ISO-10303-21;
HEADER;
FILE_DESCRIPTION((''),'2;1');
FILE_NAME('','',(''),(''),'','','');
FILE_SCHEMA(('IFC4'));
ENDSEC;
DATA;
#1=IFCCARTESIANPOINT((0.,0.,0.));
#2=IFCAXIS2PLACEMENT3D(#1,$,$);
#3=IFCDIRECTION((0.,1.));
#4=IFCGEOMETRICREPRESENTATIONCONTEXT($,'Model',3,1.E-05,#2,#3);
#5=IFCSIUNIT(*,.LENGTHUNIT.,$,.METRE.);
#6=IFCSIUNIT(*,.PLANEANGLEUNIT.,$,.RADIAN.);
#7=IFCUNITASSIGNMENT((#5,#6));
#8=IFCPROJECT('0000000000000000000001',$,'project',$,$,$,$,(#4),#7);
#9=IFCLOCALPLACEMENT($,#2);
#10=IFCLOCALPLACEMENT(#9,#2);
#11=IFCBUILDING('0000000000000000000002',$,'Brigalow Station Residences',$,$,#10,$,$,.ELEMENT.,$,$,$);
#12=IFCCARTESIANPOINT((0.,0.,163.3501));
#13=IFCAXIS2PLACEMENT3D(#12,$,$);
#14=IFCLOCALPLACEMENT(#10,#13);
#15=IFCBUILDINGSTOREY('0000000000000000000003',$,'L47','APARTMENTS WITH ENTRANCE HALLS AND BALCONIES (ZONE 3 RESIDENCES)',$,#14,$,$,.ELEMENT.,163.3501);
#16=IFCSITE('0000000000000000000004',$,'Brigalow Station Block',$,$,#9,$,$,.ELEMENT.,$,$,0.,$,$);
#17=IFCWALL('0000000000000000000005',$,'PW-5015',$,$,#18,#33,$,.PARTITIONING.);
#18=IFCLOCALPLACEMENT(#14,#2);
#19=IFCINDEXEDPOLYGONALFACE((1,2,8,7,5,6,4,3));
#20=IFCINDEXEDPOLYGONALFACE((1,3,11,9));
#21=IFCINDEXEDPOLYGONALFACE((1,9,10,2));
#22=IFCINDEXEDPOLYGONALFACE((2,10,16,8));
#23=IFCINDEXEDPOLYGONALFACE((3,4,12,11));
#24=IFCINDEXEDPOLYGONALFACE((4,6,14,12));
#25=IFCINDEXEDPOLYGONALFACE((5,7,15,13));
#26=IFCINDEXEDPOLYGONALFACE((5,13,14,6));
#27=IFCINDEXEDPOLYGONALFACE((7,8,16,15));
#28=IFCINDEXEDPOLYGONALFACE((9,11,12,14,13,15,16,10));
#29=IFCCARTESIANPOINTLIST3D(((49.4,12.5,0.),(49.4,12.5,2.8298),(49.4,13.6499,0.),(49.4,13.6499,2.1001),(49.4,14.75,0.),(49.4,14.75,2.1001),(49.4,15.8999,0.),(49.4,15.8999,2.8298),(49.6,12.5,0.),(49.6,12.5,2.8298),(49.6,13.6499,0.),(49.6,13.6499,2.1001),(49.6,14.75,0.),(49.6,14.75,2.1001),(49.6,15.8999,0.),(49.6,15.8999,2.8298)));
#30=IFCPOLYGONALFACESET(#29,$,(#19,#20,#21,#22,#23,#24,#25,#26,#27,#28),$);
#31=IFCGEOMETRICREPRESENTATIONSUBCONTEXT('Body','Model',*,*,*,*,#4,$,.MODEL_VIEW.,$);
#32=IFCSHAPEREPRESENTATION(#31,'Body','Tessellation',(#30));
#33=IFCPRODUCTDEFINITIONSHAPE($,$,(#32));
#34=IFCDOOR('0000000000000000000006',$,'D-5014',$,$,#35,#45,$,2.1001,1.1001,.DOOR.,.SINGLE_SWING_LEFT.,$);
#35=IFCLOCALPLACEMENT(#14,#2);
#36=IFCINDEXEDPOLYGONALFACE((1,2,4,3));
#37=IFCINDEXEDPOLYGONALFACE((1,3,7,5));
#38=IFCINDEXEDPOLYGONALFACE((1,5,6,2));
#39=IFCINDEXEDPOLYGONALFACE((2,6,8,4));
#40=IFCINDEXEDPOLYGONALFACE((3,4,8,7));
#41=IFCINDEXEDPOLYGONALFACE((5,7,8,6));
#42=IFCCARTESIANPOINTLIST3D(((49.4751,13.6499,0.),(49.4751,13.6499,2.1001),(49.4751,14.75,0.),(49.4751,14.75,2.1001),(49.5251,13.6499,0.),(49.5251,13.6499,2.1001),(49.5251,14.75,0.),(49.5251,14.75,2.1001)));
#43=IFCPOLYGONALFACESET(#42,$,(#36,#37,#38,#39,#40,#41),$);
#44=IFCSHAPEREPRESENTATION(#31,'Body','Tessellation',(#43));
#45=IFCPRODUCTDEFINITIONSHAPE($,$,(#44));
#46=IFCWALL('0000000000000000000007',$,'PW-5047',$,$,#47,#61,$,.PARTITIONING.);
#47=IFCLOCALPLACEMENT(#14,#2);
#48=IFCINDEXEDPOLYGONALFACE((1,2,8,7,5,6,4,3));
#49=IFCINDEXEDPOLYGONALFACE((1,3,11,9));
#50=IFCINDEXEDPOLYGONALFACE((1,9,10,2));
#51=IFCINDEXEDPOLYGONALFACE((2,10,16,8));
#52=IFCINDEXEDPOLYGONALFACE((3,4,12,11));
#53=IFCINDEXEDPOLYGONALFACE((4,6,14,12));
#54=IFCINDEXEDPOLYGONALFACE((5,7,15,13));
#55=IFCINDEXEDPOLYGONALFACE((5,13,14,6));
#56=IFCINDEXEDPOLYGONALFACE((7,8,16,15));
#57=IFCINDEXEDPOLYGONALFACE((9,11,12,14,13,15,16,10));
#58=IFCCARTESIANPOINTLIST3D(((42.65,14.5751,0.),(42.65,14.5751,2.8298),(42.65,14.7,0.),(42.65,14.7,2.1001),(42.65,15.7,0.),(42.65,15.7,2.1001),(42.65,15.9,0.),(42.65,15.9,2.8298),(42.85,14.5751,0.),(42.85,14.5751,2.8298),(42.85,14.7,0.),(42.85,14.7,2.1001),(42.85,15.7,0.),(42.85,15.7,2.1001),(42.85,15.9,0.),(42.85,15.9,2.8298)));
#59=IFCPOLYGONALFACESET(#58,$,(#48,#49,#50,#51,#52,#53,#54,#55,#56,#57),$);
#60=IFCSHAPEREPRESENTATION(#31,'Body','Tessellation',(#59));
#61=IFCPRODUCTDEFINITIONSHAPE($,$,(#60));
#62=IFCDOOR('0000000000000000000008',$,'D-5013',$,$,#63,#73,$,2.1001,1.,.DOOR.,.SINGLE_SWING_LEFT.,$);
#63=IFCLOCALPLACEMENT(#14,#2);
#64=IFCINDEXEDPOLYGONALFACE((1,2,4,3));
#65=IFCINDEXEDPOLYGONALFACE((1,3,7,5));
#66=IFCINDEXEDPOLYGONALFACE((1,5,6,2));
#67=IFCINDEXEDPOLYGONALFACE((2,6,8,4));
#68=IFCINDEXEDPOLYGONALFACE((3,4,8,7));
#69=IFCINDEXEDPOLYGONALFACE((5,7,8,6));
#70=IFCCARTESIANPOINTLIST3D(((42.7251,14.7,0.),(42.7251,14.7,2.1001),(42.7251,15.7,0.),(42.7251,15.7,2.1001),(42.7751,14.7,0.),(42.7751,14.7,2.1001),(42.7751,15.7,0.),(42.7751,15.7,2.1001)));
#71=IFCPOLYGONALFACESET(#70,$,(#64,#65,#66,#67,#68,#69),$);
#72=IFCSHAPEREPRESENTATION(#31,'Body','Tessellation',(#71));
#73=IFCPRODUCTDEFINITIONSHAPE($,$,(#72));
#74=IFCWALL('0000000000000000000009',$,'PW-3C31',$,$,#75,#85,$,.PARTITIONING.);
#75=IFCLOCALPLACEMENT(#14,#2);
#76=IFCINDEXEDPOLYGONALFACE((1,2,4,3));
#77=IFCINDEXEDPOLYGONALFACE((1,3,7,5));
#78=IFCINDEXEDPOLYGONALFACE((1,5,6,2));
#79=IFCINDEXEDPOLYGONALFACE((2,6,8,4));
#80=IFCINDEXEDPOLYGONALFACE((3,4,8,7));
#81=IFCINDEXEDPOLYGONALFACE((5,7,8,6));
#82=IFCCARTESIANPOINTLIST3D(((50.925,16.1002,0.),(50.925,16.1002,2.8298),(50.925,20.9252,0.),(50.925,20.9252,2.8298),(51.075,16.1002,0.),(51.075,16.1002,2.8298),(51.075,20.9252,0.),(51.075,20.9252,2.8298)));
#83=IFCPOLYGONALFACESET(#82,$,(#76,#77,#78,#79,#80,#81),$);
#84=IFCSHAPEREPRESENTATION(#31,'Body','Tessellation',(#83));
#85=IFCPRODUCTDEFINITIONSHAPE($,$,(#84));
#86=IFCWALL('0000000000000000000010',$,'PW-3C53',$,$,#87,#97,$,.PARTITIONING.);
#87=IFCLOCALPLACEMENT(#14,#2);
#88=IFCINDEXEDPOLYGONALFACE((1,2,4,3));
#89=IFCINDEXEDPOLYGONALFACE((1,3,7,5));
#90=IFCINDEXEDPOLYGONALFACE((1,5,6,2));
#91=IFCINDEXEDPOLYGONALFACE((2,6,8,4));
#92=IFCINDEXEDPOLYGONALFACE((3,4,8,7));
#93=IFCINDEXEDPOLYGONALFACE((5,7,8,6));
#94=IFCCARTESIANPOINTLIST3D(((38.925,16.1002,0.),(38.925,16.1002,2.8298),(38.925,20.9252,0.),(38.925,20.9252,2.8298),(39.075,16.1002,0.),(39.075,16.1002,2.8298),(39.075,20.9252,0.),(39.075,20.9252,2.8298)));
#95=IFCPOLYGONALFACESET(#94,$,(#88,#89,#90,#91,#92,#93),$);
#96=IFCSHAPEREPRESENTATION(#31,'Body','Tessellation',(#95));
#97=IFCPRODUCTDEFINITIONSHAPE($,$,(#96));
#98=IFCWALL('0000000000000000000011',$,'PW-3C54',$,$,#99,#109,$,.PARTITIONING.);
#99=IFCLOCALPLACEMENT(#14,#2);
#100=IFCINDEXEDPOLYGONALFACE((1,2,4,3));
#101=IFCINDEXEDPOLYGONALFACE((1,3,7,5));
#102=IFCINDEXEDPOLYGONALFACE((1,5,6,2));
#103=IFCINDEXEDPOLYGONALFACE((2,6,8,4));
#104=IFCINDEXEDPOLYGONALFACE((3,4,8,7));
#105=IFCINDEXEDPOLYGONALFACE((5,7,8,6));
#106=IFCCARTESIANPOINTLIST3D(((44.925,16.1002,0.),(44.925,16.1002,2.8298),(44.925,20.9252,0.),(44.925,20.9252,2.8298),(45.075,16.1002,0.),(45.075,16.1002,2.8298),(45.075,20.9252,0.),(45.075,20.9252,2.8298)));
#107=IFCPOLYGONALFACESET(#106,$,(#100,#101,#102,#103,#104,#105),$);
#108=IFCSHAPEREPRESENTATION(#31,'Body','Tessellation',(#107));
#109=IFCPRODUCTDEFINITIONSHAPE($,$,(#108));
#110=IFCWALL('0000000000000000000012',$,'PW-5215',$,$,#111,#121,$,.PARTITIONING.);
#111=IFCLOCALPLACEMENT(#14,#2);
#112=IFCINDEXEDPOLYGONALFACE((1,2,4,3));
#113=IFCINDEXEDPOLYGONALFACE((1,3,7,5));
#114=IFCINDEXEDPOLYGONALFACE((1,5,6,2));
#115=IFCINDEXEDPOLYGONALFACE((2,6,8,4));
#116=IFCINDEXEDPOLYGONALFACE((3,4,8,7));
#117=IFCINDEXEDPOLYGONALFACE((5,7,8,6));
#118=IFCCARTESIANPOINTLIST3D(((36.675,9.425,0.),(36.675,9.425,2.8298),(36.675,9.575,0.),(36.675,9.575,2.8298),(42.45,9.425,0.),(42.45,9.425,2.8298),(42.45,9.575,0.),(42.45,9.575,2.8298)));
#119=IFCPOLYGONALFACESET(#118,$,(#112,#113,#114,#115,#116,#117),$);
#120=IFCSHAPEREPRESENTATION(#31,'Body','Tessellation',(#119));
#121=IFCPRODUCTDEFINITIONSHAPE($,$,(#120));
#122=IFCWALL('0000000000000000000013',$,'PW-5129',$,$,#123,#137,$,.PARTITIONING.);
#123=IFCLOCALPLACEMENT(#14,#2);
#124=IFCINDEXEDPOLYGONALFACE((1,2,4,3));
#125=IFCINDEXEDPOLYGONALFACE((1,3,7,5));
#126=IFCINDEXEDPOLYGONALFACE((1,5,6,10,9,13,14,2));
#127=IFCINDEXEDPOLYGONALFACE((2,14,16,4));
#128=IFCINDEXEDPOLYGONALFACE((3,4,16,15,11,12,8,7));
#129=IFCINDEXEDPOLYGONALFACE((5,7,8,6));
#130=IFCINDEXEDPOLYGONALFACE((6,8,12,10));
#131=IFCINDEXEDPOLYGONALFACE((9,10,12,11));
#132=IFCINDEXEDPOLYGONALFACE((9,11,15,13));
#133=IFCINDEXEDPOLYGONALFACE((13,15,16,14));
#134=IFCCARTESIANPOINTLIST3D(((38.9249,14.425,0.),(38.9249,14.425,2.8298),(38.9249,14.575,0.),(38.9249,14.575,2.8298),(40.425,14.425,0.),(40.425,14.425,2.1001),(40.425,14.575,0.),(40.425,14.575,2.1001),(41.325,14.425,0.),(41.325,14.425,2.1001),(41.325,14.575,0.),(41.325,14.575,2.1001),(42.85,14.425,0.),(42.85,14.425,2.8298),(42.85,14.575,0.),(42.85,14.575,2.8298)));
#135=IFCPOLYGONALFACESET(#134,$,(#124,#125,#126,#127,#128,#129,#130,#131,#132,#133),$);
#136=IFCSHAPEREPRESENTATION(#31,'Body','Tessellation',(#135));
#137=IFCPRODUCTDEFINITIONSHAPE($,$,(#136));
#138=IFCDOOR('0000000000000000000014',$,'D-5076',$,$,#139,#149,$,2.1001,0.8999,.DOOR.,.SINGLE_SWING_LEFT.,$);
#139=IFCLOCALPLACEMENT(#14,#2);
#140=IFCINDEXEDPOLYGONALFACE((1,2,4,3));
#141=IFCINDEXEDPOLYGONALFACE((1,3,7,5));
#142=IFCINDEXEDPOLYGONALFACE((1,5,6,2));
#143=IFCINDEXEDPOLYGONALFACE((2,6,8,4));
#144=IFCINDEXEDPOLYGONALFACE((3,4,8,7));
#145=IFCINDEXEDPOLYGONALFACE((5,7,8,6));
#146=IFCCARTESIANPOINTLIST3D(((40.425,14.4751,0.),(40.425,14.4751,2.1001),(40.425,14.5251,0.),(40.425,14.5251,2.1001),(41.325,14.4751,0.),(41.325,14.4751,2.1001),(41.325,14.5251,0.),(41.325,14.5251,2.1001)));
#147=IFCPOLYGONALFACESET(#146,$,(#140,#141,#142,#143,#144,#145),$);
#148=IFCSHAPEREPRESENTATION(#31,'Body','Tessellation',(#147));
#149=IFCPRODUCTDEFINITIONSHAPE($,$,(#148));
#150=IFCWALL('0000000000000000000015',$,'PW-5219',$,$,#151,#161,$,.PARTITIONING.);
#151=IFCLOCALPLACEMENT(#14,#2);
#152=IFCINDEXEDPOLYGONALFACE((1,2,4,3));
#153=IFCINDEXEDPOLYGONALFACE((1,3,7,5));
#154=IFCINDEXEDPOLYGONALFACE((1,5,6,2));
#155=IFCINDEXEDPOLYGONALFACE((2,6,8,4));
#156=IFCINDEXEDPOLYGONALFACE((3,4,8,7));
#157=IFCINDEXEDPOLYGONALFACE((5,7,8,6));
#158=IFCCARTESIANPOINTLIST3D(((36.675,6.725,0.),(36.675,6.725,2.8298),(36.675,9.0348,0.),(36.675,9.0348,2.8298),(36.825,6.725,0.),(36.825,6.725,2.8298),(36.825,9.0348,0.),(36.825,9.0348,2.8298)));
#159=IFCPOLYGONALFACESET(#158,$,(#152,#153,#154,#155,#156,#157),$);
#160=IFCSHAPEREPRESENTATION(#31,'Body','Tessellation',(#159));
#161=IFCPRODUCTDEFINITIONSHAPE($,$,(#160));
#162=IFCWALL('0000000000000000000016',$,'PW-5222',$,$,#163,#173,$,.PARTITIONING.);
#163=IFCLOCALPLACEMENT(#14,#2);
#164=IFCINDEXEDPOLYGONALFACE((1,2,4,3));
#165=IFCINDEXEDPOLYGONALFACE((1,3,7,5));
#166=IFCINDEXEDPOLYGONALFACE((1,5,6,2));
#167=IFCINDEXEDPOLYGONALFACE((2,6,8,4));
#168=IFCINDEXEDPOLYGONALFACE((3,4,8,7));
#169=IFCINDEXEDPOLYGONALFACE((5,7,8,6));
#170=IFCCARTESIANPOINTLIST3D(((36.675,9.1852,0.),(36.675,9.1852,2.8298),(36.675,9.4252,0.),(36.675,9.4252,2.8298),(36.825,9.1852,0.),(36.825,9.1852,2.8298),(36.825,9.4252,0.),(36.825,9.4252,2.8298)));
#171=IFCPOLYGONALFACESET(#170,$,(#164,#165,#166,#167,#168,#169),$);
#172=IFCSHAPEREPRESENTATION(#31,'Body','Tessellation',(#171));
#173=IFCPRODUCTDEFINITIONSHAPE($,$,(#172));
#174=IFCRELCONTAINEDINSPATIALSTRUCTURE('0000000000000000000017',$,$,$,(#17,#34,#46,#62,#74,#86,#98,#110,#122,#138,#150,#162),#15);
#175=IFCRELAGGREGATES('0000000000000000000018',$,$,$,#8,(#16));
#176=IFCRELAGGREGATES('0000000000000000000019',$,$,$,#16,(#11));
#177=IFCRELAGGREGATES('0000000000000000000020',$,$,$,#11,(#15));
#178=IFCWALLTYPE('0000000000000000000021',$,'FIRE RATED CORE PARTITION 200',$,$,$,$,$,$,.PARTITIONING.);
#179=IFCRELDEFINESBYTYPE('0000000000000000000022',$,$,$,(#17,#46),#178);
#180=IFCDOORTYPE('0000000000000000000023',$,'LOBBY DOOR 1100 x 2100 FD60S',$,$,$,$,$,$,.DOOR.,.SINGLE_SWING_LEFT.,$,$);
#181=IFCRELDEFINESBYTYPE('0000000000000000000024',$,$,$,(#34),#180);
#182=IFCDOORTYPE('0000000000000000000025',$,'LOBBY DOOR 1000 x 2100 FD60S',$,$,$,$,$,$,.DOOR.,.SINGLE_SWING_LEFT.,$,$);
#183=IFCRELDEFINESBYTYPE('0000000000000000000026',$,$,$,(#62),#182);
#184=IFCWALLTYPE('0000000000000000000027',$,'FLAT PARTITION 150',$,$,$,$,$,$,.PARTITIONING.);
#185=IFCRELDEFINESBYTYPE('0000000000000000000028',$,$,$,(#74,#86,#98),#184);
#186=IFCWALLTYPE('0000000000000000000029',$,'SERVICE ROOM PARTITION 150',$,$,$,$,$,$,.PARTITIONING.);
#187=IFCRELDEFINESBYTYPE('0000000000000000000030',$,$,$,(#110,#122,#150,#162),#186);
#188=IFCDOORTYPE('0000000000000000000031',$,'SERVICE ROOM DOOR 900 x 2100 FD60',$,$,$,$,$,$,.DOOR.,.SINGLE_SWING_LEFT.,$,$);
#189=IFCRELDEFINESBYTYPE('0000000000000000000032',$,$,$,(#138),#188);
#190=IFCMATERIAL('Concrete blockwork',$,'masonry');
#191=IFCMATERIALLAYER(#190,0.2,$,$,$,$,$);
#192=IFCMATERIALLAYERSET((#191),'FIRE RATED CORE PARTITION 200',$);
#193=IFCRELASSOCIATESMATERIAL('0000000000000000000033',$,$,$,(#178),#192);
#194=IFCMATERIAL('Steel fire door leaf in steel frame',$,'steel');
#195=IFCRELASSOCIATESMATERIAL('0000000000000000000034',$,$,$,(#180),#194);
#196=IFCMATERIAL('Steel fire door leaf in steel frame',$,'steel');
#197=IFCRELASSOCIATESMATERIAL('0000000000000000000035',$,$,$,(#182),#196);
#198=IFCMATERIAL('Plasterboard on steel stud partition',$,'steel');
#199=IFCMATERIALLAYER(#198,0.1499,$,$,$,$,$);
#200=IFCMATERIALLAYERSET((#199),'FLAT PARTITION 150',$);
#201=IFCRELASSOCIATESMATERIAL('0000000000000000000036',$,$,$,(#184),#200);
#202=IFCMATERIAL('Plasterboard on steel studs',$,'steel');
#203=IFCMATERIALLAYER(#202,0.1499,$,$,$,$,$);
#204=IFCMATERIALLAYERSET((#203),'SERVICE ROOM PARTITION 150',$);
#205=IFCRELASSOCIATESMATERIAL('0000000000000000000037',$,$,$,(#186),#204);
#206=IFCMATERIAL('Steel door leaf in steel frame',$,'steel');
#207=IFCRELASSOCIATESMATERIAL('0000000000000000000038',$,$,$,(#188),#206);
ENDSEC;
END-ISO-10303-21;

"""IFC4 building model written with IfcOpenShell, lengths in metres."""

from ifc_helpers import new_model, si_unit, direction, frame, frame_2d, origin, place, context, subcontext, project, spatial, rectangle, extrude, material, layer, layer_set, type_object, element, fill, save


model = new_model("IFC4")

# Units and contexts
model_context = context("Model", 3, precision=1e-05, world=origin(), true_north=direction((0.0, 1.0)))
body_context = subcontext(model_context, "Body", "Model", "MODEL_VIEW")
ifc_project = project(units=[si_unit("LENGTHUNIT", "METRE"), si_unit("PLANEANGLEUNIT", "RADIAN")], contexts=[model_context])

# Site, building, storey
site_placement = place(None, origin())
site = spatial("IfcSite", under=ifc_project, at=site_placement, Name="Brigalow Station Block", CompositionType="ELEMENT", RefElevation=0.0)
building_placement = place(site_placement, origin())
building = spatial("IfcBuilding", under=site, at=building_placement, Name="Brigalow Station Residences", CompositionType="ELEMENT")
storey_placement = place(building_placement, frame((0.0, 0.0, 163.3501)))
storey = spatial("IfcBuildingStorey", under=building, at=storey_placement, Name="L47", Description="APARTMENTS WITH ENTRANCE HALLS AND BALCONIES (ZONE 3 RESIDENCES)", CompositionType="ELEMENT", Elevation=163.3501)

# Shared definitions
ifc_material_1 = material(Name="Concrete blockwork", Category="masonry")
ifc_layer_1 = layer(ifc_material_1, 0.2)
ifc_layer_set_1 = layer_set([ifc_layer_1], Name="FIRE RATED CORE PARTITION 200")
wall_type_1 = type_object("IfcWallType", Name="FIRE RATED CORE PARTITION 200", PredefinedType="PARTITIONING", material=ifc_layer_set_1)

# Walls, openings, doors
wall_1_placement = place(storey_placement, frame((49.5, 12.5, 0.0), z_axis=(0.0, 0.0, 1.0), x_axis=(0.0, 1.0, 0.0)))
wall_1 = element("IfcWall", 1, at=wall_1_placement, inside=storey, type_object=wall_type_1, Name="PW-5015", PredefinedType="PARTITIONING", context=body_context, shape_type="SweptSolid", body=[
    extrude(rectangle(XDim=3.3999, YDim=0.2, at=frame_2d((1.7, 0.0))), origin(), (0.0, 0.0, 1.0), 2.8298),
])
opening_1_placement = place(wall_1_placement, frame((1.1499, 0.0, 0.0)))
opening_1 = element("IfcOpeningElement", 2, at=opening_1_placement, cuts=wall_1, PredefinedType="OPENING", context=body_context, shape_type="SweptSolid", body=[
    extrude(rectangle(XDim=1.1001, YDim=2.1001, at=frame_2d((0.55, 1.05))), frame((0.0, 0.1099, 0.0), z_axis=(0.0, -1.0, 0.0), x_axis=(1.0, 0.0, 0.0)), (0.0, 0.0, 1.0), 0.22),
])
ifc_material_2 = material(Name="Steel fire door leaf in steel frame", Category="steel")
door_type_1 = type_object("IfcDoorType", Name="LOBBY DOOR 1100 x 2100 FD60S", OperationType="SINGLE_SWING_LEFT", PredefinedType="DOOR", material=ifc_material_2)
door_1_placement = place(opening_1_placement, origin())
door_1 = element("IfcDoor", 3, at=door_1_placement, inside=storey, type_object=door_type_1, Name="D-5014", OperationType="SINGLE_SWING_LEFT", OverallHeight=2.1001, OverallWidth=1.1001, PredefinedType="DOOR", context=body_context, shape_type="SweptSolid", body=[
    extrude(rectangle(XDim=1.1001, YDim=2.1001, at=frame_2d((0.55, 1.05))), frame((0.0, 0.0249, 0.0), z_axis=(0.0, -1.0, 0.0), x_axis=(1.0, 0.0, 0.0)), (0.0, 0.0, 1.0), 0.05),
])
fill(opening_1, door_1)
wall_2_placement = place(storey_placement, frame((42.75, 14.575, 0.0), z_axis=(0.0, 0.0, 1.0), x_axis=(0.0, 1.0, 0.0)))
wall_2 = element("IfcWall", 4, at=wall_2_placement, inside=storey, type_object=wall_type_1, Name="PW-5047", PredefinedType="PARTITIONING", context=body_context, shape_type="SweptSolid", body=[
    extrude(rectangle(XDim=1.325, YDim=0.2, at=frame_2d((0.6626, 0.0))), origin(), (0.0, 0.0, 1.0), 2.8298),
])
opening_2_placement = place(wall_2_placement, frame((0.125, 0.0, 0.0)))
opening_2 = element("IfcOpeningElement", 5, at=opening_2_placement, cuts=wall_2, PredefinedType="OPENING", context=body_context, shape_type="SweptSolid", body=[
    extrude(rectangle(XDim=1.0, YDim=2.1001, at=frame_2d((0.5, 1.05))), frame((0.0, 0.1099, 0.0), z_axis=(0.0, -1.0, 0.0), x_axis=(1.0, 0.0, 0.0)), (0.0, 0.0, 1.0), 0.22),
])
ifc_material_3 = material(Name="Steel fire door leaf in steel frame", Category="steel")
door_type_2 = type_object("IfcDoorType", Name="LOBBY DOOR 1000 x 2100 FD60S", OperationType="SINGLE_SWING_LEFT", PredefinedType="DOOR", material=ifc_material_3)
door_2_placement = place(opening_2_placement, origin())
door_2 = element("IfcDoor", 6, at=door_2_placement, inside=storey, type_object=door_type_2, Name="D-5013", OperationType="SINGLE_SWING_LEFT", OverallHeight=2.1001, OverallWidth=1.0, PredefinedType="DOOR", context=body_context, shape_type="SweptSolid", body=[
    extrude(rectangle(XDim=1.0, YDim=2.1001, at=frame_2d((0.5, 1.05))), frame((0.0, 0.0249, 0.0), z_axis=(0.0, -1.0, 0.0), x_axis=(1.0, 0.0, 0.0)), (0.0, 0.0, 1.0), 0.05),
])
fill(opening_2, door_2)

# Walls
ifc_material_4 = material(Name="Plasterboard on steel stud partition", Category="steel")
ifc_layer_2 = layer(ifc_material_4, 0.1499)
ifc_layer_set_2 = layer_set([ifc_layer_2], Name="FLAT PARTITION 150")
wall_type_2 = type_object("IfcWallType", Name="FLAT PARTITION 150", PredefinedType="PARTITIONING", material=ifc_layer_set_2)
for number, where, z_axis, x_axis, name in (
    (7, (51.0, 16.1001, 0.0), (0.0, 0.0, 1.0), (0.0, 1.0, 0.0), "PW-3C31"),
    (8, (39.0, 16.1001, 0.0), (0.0, 0.0, 1.0), (0.0, 1.0, 0.0), "PW-3C53"),
    (9, (45.0, 16.1001, 0.0), (0.0, 0.0, 1.0), (0.0, 1.0, 0.0), "PW-3C54"),
):
    element("IfcWall", number, at=place(storey_placement, frame(where, z_axis=z_axis, x_axis=x_axis)), inside=storey, type_object=wall_type_2, Name=name, PredefinedType="PARTITIONING", context=body_context, shape_type="SweptSolid", body=[
        extrude(rectangle(XDim=4.825, YDim=0.1499, at=frame_2d((2.4126, 0.0))), origin(), (0.0, 0.0, 1.0), 2.8298),
    ])
ifc_material_5 = material(Name="Plasterboard on steel studs", Category="steel")
ifc_layer_3 = layer(ifc_material_5, 0.1499)
ifc_layer_set_3 = layer_set([ifc_layer_3], Name="SERVICE ROOM PARTITION 150")
wall_type_3 = type_object("IfcWallType", Name="SERVICE ROOM PARTITION 150", PredefinedType="PARTITIONING", material=ifc_layer_set_3)
wall_3_placement = place(storey_placement, frame((36.675, 9.5, 0.0), z_axis=(0.0, 0.0, 1.0), x_axis=(1.0, 0.0, 0.0)))
element("IfcWall", 10, at=wall_3_placement, inside=storey, type_object=wall_type_3, Name="PW-5215", PredefinedType="PARTITIONING", context=body_context, shape_type="SweptSolid", body=[
    extrude(rectangle(XDim=5.7749, YDim=0.1499, at=frame_2d((2.8875, 0.0))), origin(), (0.0, 0.0, 1.0), 2.8298),
])

# Wall, opening, door
wall_4_placement = place(storey_placement, frame((38.925, 14.5, 0.0), z_axis=(0.0, 0.0, 1.0), x_axis=(1.0, 0.0, 0.0)))
wall_4 = element("IfcWall", 11, at=wall_4_placement, inside=storey, type_object=wall_type_3, Name="PW-5129", PredefinedType="PARTITIONING", context=body_context, shape_type="SweptSolid", body=[
    extrude(rectangle(XDim=3.925, YDim=0.1499, at=frame_2d((1.9624, 0.0))), origin(), (0.0, 0.0, 1.0), 2.8298),
])
opening_3_placement = place(wall_4_placement, frame((1.5, 0.0, 0.0)))
opening_3 = element("IfcOpeningElement", 12, at=opening_3_placement, cuts=wall_4, PredefinedType="OPENING", context=body_context, shape_type="SweptSolid", body=[
    extrude(rectangle(XDim=0.8999, YDim=2.1001, at=frame_2d((0.45, 1.05))), frame((0.0, 0.085, 0.0), z_axis=(0.0, -1.0, 0.0), x_axis=(1.0, 0.0, 0.0)), (0.0, 0.0, 1.0), 0.1699),
])
ifc_material_6 = material(Name="Steel door leaf in steel frame", Category="steel")
door_type_3 = type_object("IfcDoorType", Name="SERVICE ROOM DOOR 900 x 2100 FD60", OperationType="SINGLE_SWING_LEFT", PredefinedType="DOOR", material=ifc_material_6)
door_3_placement = place(opening_3_placement, frame((0.8999, 0.0, 0.0), z_axis=(0.0, 0.0, 1.0), x_axis=(-1.0, 0.0, 0.0)))
door_3 = element("IfcDoor", 13, at=door_3_placement, inside=storey, type_object=door_type_3, Name="D-5076", OperationType="SINGLE_SWING_LEFT", OverallHeight=2.1001, OverallWidth=0.8999, PredefinedType="DOOR", context=body_context, shape_type="SweptSolid", body=[
    extrude(rectangle(XDim=0.8999, YDim=2.1001, at=frame_2d((0.45, 1.05))), frame((0.0, 0.0249, 0.0), z_axis=(0.0, -1.0, 0.0), x_axis=(1.0, 0.0, 0.0)), (0.0, 0.0, 1.0), 0.05),
])
fill(opening_3, door_3)

# Walls
wall_5_placement = place(storey_placement, frame((36.75, 6.7251, 0.0), z_axis=(0.0, 0.0, 1.0), x_axis=(0.0, 1.0, 0.0)))
element("IfcWall", 14, at=wall_5_placement, inside=storey, type_object=wall_type_3, Name="PW-5219", PredefinedType="PARTITIONING", context=body_context, shape_type="SweptSolid", body=[
    extrude(rectangle(XDim=2.3098, YDim=0.1499, at=frame_2d((1.1548, 0.0))), origin(), (0.0, 0.0, 1.0), 2.8298),
])
wall_6_placement = place(storey_placement, frame((36.75, 9.1851, 0.0), z_axis=(0.0, 0.0, 1.0), x_axis=(0.0, 1.0, 0.0)))
element("IfcWall", 15, at=wall_6_placement, inside=storey, type_object=wall_type_3, Name="PW-5222", PredefinedType="PARTITIONING", context=body_context, shape_type="SweptSolid", body=[
    extrude(rectangle(XDim=0.24, YDim=0.1499, at=frame_2d((0.1201, 0.0))), origin(), (0.0, 0.0, 1.0), 2.8298),
])

save(model, "model.ifc")
